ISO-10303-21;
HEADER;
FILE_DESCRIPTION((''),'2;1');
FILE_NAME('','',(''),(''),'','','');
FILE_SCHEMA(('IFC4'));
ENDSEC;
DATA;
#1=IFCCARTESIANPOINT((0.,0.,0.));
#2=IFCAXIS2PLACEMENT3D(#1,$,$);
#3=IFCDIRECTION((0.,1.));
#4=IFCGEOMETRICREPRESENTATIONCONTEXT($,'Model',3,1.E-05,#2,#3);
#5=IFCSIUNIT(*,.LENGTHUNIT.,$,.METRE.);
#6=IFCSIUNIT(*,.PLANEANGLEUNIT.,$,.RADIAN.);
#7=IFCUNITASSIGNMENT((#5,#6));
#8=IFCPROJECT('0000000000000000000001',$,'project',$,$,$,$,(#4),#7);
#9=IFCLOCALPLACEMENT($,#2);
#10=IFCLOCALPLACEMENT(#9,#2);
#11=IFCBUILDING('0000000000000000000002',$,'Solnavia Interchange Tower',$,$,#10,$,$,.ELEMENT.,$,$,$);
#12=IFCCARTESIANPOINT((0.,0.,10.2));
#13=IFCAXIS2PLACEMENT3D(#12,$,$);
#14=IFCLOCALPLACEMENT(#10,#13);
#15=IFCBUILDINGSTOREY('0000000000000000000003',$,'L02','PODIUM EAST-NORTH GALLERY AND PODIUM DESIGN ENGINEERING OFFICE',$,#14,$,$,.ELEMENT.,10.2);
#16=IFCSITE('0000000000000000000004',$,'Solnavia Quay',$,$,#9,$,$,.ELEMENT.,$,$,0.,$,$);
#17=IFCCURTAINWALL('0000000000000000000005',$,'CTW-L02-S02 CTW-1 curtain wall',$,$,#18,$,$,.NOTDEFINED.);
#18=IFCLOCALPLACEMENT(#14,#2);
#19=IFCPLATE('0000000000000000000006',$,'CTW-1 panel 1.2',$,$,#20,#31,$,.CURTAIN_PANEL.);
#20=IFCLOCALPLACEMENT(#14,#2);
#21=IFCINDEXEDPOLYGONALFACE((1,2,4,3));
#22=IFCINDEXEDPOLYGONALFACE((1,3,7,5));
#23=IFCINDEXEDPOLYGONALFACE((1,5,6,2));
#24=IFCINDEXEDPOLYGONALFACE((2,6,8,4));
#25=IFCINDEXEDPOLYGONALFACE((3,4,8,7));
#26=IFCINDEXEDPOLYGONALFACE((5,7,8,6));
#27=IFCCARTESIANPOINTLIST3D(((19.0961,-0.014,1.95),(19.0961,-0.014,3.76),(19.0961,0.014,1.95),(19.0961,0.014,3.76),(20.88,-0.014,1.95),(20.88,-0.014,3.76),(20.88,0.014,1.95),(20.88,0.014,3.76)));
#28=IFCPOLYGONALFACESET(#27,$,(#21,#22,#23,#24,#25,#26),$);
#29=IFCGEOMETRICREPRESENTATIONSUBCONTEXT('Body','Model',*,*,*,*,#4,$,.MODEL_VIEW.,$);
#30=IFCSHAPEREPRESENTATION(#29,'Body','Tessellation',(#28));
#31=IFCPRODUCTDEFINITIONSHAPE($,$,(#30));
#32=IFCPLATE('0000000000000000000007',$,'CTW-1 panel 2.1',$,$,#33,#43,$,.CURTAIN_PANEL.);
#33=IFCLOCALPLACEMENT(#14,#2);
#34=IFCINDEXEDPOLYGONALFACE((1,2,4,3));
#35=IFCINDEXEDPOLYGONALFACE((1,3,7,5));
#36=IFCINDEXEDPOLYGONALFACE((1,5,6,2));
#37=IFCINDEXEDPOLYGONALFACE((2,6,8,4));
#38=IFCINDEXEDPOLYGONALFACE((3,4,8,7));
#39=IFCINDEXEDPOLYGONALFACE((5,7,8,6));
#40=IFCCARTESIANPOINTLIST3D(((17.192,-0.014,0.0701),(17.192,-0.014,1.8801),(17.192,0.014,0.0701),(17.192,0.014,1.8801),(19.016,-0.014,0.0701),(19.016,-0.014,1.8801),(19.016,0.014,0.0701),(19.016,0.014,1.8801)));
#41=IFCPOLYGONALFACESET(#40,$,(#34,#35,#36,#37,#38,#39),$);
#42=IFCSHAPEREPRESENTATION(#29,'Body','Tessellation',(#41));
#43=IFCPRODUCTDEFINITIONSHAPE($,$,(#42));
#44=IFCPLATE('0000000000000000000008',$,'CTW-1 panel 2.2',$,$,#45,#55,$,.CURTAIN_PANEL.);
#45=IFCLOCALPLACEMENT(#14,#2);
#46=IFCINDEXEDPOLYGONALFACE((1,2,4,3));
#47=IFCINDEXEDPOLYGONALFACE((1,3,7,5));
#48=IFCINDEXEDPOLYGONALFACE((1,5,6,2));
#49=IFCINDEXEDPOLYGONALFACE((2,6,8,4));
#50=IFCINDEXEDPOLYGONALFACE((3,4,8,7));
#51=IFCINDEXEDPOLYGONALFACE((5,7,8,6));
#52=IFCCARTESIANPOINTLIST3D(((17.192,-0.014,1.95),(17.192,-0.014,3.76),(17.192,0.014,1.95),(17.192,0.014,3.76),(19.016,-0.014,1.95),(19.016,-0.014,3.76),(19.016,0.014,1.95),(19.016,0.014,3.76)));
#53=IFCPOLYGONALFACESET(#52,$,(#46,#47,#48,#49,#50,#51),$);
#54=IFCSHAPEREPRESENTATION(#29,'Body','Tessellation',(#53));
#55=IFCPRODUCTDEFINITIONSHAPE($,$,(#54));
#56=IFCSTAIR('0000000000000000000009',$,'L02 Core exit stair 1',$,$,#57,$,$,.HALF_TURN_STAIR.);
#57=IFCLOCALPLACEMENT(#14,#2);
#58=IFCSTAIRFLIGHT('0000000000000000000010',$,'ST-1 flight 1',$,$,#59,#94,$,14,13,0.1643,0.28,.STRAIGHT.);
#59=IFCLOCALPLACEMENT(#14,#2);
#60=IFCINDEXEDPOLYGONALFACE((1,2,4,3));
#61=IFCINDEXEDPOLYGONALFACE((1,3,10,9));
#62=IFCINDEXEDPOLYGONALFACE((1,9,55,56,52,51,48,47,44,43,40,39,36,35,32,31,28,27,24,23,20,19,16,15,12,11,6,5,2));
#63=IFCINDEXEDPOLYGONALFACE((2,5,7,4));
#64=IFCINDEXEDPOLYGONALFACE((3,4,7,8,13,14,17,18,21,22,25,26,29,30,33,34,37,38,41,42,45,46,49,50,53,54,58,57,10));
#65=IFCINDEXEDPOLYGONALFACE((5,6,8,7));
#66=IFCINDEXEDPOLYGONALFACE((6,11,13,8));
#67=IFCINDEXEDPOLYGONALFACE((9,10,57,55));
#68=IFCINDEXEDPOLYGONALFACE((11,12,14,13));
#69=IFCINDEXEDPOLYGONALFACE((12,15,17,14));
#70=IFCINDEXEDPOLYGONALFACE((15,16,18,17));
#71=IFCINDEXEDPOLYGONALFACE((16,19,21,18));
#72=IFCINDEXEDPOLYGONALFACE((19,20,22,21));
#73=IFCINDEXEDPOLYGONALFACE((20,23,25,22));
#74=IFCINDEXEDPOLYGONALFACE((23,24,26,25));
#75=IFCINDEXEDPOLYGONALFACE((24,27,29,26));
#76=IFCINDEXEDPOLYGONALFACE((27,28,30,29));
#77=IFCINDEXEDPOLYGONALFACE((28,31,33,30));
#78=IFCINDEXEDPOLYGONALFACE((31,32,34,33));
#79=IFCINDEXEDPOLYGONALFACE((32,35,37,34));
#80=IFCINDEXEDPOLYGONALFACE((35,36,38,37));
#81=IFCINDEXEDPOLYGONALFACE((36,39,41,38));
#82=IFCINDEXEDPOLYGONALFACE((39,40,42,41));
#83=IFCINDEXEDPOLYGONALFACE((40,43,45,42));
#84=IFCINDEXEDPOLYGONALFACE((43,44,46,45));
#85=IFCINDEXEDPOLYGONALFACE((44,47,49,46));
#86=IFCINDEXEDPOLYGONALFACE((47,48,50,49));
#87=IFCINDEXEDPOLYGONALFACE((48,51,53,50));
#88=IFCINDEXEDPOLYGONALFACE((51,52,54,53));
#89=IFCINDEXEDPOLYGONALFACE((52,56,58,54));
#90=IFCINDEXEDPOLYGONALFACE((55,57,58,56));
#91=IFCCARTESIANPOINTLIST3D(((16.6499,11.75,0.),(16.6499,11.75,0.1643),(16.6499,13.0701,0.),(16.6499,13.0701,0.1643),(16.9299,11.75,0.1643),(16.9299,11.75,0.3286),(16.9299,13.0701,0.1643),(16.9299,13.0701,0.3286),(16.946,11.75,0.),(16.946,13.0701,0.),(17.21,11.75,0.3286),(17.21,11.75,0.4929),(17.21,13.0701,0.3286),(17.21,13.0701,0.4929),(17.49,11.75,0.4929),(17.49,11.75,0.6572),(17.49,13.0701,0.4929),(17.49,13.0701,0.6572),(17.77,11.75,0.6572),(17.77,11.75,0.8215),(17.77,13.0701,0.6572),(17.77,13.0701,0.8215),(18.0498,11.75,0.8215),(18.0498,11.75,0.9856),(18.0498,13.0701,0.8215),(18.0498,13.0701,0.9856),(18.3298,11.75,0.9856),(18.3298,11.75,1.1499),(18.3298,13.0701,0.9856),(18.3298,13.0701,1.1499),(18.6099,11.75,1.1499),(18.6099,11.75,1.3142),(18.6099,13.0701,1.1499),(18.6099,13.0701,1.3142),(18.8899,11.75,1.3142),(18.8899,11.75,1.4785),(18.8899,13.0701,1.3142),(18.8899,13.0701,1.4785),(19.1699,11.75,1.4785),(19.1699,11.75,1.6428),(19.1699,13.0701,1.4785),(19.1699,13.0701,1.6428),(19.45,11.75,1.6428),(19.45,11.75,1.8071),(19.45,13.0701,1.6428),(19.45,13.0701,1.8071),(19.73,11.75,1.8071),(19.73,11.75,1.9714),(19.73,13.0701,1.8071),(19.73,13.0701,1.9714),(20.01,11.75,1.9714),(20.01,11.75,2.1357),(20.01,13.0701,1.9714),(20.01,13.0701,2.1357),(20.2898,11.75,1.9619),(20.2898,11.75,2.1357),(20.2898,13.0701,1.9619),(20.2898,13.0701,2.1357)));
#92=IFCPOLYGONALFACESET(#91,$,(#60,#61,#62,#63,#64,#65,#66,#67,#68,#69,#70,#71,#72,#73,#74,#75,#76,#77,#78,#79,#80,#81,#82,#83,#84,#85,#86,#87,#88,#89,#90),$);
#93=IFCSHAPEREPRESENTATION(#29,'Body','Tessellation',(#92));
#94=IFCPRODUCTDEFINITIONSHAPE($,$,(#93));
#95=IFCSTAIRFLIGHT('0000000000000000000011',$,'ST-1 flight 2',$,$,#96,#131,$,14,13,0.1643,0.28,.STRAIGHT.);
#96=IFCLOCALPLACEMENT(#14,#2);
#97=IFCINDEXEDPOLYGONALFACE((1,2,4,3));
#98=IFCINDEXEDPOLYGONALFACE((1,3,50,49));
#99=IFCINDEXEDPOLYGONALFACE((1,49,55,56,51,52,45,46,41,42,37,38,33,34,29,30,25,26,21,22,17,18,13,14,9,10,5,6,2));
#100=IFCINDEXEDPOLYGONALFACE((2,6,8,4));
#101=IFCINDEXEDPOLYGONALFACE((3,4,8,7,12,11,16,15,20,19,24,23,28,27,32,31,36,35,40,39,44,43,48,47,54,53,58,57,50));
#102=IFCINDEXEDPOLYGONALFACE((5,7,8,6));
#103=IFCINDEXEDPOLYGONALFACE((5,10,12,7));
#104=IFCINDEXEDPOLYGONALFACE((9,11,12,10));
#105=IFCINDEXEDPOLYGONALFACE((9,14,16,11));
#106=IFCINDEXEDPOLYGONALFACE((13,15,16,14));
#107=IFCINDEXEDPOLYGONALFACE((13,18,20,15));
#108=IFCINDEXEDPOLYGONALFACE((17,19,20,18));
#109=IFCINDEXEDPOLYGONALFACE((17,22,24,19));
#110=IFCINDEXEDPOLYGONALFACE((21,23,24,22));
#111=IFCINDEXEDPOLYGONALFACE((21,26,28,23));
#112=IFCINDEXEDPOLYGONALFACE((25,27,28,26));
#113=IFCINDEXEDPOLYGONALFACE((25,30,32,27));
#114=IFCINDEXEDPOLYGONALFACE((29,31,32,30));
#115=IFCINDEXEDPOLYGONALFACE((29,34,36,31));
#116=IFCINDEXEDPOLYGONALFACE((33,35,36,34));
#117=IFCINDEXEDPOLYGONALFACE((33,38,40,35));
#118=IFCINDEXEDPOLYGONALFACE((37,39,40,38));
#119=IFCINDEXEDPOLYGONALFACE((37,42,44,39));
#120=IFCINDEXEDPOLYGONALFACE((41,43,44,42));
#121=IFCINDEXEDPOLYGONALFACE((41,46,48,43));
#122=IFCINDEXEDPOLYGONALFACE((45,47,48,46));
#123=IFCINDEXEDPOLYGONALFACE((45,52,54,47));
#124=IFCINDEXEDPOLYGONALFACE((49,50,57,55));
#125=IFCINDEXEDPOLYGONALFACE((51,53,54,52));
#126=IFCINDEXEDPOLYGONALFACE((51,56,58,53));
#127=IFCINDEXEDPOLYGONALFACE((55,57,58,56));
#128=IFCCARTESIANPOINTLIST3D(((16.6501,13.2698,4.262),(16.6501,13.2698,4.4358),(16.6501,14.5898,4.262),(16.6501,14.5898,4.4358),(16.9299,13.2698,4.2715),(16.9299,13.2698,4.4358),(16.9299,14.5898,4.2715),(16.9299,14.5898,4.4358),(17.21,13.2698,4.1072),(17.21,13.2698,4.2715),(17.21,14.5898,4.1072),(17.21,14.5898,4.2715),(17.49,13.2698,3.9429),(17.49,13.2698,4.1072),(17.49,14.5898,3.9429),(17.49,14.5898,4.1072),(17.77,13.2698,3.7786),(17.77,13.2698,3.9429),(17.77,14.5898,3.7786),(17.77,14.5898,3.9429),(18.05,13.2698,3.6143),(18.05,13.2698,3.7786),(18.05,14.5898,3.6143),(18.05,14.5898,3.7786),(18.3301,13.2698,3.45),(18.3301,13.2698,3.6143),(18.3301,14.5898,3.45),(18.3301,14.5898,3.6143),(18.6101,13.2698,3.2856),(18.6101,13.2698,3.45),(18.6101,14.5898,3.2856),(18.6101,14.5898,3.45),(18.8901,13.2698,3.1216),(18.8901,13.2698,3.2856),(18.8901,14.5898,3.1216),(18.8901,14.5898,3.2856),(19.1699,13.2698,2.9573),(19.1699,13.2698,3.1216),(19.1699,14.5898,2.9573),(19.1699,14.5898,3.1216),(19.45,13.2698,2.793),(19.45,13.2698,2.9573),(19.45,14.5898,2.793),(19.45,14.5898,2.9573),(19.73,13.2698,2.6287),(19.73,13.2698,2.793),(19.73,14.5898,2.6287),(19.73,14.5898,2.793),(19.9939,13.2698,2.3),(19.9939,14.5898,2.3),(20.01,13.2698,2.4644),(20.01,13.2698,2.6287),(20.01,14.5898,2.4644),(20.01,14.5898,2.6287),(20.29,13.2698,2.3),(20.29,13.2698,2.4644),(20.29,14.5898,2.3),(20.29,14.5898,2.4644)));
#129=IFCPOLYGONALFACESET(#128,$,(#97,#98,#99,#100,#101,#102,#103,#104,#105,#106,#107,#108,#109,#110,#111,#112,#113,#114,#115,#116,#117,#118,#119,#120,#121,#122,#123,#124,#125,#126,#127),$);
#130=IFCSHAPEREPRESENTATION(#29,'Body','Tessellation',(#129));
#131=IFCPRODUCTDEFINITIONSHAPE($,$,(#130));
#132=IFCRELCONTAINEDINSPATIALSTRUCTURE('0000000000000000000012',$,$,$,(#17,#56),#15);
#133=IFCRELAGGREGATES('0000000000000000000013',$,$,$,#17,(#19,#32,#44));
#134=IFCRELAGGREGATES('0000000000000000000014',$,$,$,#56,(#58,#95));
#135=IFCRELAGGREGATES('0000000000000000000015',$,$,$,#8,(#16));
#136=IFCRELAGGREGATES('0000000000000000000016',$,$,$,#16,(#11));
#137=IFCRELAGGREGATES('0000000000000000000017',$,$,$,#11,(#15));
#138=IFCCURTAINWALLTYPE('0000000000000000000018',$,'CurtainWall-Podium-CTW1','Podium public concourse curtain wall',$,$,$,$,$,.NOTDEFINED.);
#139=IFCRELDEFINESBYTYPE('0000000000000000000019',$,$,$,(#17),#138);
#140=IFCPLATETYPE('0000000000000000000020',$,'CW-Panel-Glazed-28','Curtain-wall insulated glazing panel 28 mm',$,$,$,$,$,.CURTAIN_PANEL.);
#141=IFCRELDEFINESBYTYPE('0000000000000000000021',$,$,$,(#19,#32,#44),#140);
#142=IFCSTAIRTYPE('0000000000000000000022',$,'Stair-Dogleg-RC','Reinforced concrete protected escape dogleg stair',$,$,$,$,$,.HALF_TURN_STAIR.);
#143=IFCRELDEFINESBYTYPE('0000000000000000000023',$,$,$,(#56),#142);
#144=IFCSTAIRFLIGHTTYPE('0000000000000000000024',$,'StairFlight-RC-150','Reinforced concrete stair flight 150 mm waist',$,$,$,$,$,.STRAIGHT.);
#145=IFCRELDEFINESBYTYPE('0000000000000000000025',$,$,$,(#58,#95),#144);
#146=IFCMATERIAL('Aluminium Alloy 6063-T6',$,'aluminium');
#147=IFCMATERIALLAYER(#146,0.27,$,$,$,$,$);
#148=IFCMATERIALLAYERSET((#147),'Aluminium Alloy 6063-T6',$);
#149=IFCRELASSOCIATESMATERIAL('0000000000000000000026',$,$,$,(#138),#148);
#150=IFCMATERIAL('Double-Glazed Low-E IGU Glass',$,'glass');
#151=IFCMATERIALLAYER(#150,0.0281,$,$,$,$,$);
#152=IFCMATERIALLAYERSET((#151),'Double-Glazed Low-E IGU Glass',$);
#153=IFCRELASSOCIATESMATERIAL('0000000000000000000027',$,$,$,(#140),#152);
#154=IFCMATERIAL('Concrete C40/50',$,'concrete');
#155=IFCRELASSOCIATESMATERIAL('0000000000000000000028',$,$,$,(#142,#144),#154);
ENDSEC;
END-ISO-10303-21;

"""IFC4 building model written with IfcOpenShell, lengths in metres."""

from ifc_helpers import new_model, si_unit, direction, frame, origin, origin_2d, place, context, subcontext, project, spatial, polyline, rectangle, outline, extrude, material, layer, layer_set, type_object, element, aggregate, save


model = new_model("IFC4")

# Units and contexts
model_context = context("Model", 3, precision=1e-05, world=origin(), true_north=direction((0.0, 1.0)))
body_context = subcontext(model_context, "Body", "Model", "MODEL_VIEW")
ifc_project = project(units=[si_unit("LENGTHUNIT", "METRE"), si_unit("PLANEANGLEUNIT", "RADIAN")], contexts=[model_context])

# Site, building, storey
site_placement = place(None, origin())
site = spatial("IfcSite", under=ifc_project, at=site_placement, Name="Solnavia Quay", CompositionType="ELEMENT", RefElevation=0.0)
building_placement = place(site_placement, origin())
building = spatial("IfcBuilding", under=site, at=building_placement, Name="Solnavia Interchange Tower", CompositionType="ELEMENT")
storey_placement = place(building_placement, frame((0.0, 0.0, 10.2)))
storey = spatial("IfcBuildingStorey", under=building, at=storey_placement, Name="L02", Description="PODIUM EAST-NORTH GALLERY AND PODIUM DESIGN ENGINEERING OFFICE", CompositionType="ELEMENT", Elevation=10.2)

# Curtain wall, plates
ifc_material_1 = material(Name="Aluminium Alloy 6063-T6", Category="aluminium")
ifc_layer_1 = layer(ifc_material_1, 0.27)
ifc_layer_set_1 = layer_set([ifc_layer_1], Name="Aluminium Alloy 6063-T6")
curtain_wall_type = type_object("IfcCurtainWallType", Name="CurtainWall-Podium-CTW1", Description="Podium public concourse curtain wall", PredefinedType="NOTDEFINED", material=ifc_layer_set_1)
curtain_wall_placement = place(storey_placement, origin())
curtain_wall = element("IfcCurtainWall", 1, at=curtain_wall_placement, inside=storey, type_object=curtain_wall_type, Name="CTW-L02-S02 CTW-1 curtain wall", PredefinedType="NOTDEFINED")
ifc_material_2 = material(Name="Double-Glazed Low-E IGU Glass", Category="glass")
ifc_layer_2 = layer(ifc_material_2, 0.0281)
ifc_layer_set_2 = layer_set([ifc_layer_2], Name="Double-Glazed Low-E IGU Glass")
plate_type = type_object("IfcPlateType", Name="CW-Panel-Glazed-28", Description="Curtain-wall insulated glazing panel 28 mm", PredefinedType="CURTAIN_PANEL", material=ifc_layer_set_2)
plate_1_placement = place(storey_placement, frame((19.988, 0.0, 1.95), z_axis=(0.0, 0.0, 1.0), x_axis=(-1.0, 0.0, 0.0)))
plate_1 = element("IfcPlate", 2, at=plate_1_placement, type_object=plate_type, Name="CTW-1 panel 1.2", PredefinedType="CURTAIN_PANEL", context=body_context, shape_type="SweptSolid", body=[
    extrude(rectangle(XDim=1.7839, YDim=0.0281, at=origin_2d()), origin(), (0.0, 0.0, 1.0), 1.8101),
])
plate_2_placement = place(storey_placement, frame((18.104, 0.0, 0.0701), z_axis=(0.0, 0.0, 1.0), x_axis=(-1.0, 0.0, 0.0)))
plate_2 = element("IfcPlate", 3, at=plate_2_placement, type_object=plate_type, Name="CTW-1 panel 2.1", PredefinedType="CURTAIN_PANEL", context=body_context, shape_type="SweptSolid", body=[
    extrude(rectangle(XDim=1.824, YDim=0.0281, at=origin_2d()), origin(), (0.0, 0.0, 1.0), 1.8101),
])
plate_3_placement = place(storey_placement, frame((18.104, 0.0, 1.95), z_axis=(0.0, 0.0, 1.0), x_axis=(-1.0, 0.0, 0.0)))
plate_3 = element("IfcPlate", 4, at=plate_3_placement, type_object=plate_type, Name="CTW-1 panel 2.2", PredefinedType="CURTAIN_PANEL", context=body_context, shape_type="SweptSolid", body=[
    extrude(rectangle(XDim=1.824, YDim=0.0281, at=origin_2d()), origin(), (0.0, 0.0, 1.0), 1.8101),
])
aggregate(curtain_wall, [plate_1, plate_2, plate_3])

# Stair, stair flights
ifc_material_3 = material(Name="Concrete C40/50", Category="concrete")
stair_type = type_object("IfcStairType", Name="Stair-Dogleg-RC", Description="Reinforced concrete protected escape dogleg stair", PredefinedType="HALF_TURN_STAIR", material=ifc_material_3)
stair_placement = place(storey_placement, origin())
stair = element("IfcStair", 5, at=stair_placement, inside=storey, type_object=stair_type, Name="L02 Core exit stair 1", PredefinedType="HALF_TURN_STAIR")
stair_flight_type = type_object("IfcStairFlightType", Name="StairFlight-RC-150", Description="Reinforced concrete stair flight 150 mm waist", PredefinedType="STRAIGHT", material=ifc_material_3)
stair_flight_1_placement = place(storey_placement, frame((16.6499, 12.4099, 0.0), z_axis=(0.0, 0.0, 1.0), x_axis=(1.0, 0.0, 0.0)))
stair_flight_1 = element("IfcStairFlight", 6, at=stair_flight_1_placement, type_object=stair_flight_type, Name="ST-1 flight 1", NumberOfRisers=14, NumberOfTreads=13, PredefinedType="STRAIGHT", RiserHeight=0.1643, TreadLength=0.28, context=body_context, shape_type="SweptSolid", body=[
    extrude(outline(polyline([(0.0, 0.0), (0.0, 0.1643), (0.28, 0.1643), (0.28, 0.3286), (0.5601, 0.3286), (0.5601, 0.4929), (0.8401, 0.4929), (0.8401, 0.6572), (1.1201, 0.6572), (1.1201, 0.8215), (1.3999, 0.8215), (1.3999, 0.9856), (1.6799, 0.9856), (1.6799, 1.1499), (1.96, 1.1499), (1.96, 1.3142), (2.24, 1.3142), (2.24, 1.4785), (2.52, 1.4785), (2.52, 1.6428), (2.8, 1.6428), (2.8, 1.8071), (3.0801, 1.8071), (3.0801, 1.9714), (3.3601, 1.9714), (3.3601, 2.1357), (3.6399, 2.1357), (3.6399, 2.3), (3.6399, 1.9619), (0.2961, 0.0), (0.0, 0.0)])), frame((0.0, 0.6602, 0.0), z_axis=(0.0, -1.0, 0.0), x_axis=(1.0, 0.0, 0.0)), (0.0, 0.0, 1.0), 1.3201),
])
stair_flight_2_placement = place(storey_placement, frame((20.29, 13.9299, 2.3), z_axis=(0.0, 0.0, 1.0), x_axis=(-1.0, 0.0, 0.0)))
stair_flight_2 = element("IfcStairFlight", 7, at=stair_flight_2_placement, type_object=stair_flight_type, Name="ST-1 flight 2", NumberOfRisers=14, NumberOfTreads=13, PredefinedType="STRAIGHT", RiserHeight=0.1643, TreadLength=0.28, context=body_context, shape_type="SweptSolid", body=[
    extrude(outline(polyline([(0.0, 0.0), (0.0, 0.1643), (0.28, 0.1643), (0.28, 0.3286), (0.5601, 0.3286), (0.5601, 0.4929), (0.8401, 0.4929), (0.8401, 0.6572), (1.1201, 0.6572), (1.1201, 0.8215), (1.3999, 0.8215), (1.3999, 0.9856), (1.6799, 0.9856), (1.6799, 1.1499), (1.96, 1.1499), (1.96, 1.3142), (2.24, 1.3142), (2.24, 1.4785), (2.52, 1.4785), (2.52, 1.6428), (2.8, 1.6428), (2.8, 1.8071), (3.0801, 1.8071), (3.0801, 1.9714), (3.3601, 1.9714), (3.3601, 2.1357), (3.6399, 2.1357), (3.6399, 2.3), (3.6399, 1.9619), (0.2961, 0.0), (0.0, 0.0)])), frame((0.0, 0.6602, 0.0), z_axis=(0.0, -1.0, 0.0), x_axis=(1.0, 0.0, 0.0)), (0.0, 0.0, 1.0), 1.3201),
])
aggregate(stair, [stair_flight_1, stair_flight_2])

save(model, "model.ifc")
